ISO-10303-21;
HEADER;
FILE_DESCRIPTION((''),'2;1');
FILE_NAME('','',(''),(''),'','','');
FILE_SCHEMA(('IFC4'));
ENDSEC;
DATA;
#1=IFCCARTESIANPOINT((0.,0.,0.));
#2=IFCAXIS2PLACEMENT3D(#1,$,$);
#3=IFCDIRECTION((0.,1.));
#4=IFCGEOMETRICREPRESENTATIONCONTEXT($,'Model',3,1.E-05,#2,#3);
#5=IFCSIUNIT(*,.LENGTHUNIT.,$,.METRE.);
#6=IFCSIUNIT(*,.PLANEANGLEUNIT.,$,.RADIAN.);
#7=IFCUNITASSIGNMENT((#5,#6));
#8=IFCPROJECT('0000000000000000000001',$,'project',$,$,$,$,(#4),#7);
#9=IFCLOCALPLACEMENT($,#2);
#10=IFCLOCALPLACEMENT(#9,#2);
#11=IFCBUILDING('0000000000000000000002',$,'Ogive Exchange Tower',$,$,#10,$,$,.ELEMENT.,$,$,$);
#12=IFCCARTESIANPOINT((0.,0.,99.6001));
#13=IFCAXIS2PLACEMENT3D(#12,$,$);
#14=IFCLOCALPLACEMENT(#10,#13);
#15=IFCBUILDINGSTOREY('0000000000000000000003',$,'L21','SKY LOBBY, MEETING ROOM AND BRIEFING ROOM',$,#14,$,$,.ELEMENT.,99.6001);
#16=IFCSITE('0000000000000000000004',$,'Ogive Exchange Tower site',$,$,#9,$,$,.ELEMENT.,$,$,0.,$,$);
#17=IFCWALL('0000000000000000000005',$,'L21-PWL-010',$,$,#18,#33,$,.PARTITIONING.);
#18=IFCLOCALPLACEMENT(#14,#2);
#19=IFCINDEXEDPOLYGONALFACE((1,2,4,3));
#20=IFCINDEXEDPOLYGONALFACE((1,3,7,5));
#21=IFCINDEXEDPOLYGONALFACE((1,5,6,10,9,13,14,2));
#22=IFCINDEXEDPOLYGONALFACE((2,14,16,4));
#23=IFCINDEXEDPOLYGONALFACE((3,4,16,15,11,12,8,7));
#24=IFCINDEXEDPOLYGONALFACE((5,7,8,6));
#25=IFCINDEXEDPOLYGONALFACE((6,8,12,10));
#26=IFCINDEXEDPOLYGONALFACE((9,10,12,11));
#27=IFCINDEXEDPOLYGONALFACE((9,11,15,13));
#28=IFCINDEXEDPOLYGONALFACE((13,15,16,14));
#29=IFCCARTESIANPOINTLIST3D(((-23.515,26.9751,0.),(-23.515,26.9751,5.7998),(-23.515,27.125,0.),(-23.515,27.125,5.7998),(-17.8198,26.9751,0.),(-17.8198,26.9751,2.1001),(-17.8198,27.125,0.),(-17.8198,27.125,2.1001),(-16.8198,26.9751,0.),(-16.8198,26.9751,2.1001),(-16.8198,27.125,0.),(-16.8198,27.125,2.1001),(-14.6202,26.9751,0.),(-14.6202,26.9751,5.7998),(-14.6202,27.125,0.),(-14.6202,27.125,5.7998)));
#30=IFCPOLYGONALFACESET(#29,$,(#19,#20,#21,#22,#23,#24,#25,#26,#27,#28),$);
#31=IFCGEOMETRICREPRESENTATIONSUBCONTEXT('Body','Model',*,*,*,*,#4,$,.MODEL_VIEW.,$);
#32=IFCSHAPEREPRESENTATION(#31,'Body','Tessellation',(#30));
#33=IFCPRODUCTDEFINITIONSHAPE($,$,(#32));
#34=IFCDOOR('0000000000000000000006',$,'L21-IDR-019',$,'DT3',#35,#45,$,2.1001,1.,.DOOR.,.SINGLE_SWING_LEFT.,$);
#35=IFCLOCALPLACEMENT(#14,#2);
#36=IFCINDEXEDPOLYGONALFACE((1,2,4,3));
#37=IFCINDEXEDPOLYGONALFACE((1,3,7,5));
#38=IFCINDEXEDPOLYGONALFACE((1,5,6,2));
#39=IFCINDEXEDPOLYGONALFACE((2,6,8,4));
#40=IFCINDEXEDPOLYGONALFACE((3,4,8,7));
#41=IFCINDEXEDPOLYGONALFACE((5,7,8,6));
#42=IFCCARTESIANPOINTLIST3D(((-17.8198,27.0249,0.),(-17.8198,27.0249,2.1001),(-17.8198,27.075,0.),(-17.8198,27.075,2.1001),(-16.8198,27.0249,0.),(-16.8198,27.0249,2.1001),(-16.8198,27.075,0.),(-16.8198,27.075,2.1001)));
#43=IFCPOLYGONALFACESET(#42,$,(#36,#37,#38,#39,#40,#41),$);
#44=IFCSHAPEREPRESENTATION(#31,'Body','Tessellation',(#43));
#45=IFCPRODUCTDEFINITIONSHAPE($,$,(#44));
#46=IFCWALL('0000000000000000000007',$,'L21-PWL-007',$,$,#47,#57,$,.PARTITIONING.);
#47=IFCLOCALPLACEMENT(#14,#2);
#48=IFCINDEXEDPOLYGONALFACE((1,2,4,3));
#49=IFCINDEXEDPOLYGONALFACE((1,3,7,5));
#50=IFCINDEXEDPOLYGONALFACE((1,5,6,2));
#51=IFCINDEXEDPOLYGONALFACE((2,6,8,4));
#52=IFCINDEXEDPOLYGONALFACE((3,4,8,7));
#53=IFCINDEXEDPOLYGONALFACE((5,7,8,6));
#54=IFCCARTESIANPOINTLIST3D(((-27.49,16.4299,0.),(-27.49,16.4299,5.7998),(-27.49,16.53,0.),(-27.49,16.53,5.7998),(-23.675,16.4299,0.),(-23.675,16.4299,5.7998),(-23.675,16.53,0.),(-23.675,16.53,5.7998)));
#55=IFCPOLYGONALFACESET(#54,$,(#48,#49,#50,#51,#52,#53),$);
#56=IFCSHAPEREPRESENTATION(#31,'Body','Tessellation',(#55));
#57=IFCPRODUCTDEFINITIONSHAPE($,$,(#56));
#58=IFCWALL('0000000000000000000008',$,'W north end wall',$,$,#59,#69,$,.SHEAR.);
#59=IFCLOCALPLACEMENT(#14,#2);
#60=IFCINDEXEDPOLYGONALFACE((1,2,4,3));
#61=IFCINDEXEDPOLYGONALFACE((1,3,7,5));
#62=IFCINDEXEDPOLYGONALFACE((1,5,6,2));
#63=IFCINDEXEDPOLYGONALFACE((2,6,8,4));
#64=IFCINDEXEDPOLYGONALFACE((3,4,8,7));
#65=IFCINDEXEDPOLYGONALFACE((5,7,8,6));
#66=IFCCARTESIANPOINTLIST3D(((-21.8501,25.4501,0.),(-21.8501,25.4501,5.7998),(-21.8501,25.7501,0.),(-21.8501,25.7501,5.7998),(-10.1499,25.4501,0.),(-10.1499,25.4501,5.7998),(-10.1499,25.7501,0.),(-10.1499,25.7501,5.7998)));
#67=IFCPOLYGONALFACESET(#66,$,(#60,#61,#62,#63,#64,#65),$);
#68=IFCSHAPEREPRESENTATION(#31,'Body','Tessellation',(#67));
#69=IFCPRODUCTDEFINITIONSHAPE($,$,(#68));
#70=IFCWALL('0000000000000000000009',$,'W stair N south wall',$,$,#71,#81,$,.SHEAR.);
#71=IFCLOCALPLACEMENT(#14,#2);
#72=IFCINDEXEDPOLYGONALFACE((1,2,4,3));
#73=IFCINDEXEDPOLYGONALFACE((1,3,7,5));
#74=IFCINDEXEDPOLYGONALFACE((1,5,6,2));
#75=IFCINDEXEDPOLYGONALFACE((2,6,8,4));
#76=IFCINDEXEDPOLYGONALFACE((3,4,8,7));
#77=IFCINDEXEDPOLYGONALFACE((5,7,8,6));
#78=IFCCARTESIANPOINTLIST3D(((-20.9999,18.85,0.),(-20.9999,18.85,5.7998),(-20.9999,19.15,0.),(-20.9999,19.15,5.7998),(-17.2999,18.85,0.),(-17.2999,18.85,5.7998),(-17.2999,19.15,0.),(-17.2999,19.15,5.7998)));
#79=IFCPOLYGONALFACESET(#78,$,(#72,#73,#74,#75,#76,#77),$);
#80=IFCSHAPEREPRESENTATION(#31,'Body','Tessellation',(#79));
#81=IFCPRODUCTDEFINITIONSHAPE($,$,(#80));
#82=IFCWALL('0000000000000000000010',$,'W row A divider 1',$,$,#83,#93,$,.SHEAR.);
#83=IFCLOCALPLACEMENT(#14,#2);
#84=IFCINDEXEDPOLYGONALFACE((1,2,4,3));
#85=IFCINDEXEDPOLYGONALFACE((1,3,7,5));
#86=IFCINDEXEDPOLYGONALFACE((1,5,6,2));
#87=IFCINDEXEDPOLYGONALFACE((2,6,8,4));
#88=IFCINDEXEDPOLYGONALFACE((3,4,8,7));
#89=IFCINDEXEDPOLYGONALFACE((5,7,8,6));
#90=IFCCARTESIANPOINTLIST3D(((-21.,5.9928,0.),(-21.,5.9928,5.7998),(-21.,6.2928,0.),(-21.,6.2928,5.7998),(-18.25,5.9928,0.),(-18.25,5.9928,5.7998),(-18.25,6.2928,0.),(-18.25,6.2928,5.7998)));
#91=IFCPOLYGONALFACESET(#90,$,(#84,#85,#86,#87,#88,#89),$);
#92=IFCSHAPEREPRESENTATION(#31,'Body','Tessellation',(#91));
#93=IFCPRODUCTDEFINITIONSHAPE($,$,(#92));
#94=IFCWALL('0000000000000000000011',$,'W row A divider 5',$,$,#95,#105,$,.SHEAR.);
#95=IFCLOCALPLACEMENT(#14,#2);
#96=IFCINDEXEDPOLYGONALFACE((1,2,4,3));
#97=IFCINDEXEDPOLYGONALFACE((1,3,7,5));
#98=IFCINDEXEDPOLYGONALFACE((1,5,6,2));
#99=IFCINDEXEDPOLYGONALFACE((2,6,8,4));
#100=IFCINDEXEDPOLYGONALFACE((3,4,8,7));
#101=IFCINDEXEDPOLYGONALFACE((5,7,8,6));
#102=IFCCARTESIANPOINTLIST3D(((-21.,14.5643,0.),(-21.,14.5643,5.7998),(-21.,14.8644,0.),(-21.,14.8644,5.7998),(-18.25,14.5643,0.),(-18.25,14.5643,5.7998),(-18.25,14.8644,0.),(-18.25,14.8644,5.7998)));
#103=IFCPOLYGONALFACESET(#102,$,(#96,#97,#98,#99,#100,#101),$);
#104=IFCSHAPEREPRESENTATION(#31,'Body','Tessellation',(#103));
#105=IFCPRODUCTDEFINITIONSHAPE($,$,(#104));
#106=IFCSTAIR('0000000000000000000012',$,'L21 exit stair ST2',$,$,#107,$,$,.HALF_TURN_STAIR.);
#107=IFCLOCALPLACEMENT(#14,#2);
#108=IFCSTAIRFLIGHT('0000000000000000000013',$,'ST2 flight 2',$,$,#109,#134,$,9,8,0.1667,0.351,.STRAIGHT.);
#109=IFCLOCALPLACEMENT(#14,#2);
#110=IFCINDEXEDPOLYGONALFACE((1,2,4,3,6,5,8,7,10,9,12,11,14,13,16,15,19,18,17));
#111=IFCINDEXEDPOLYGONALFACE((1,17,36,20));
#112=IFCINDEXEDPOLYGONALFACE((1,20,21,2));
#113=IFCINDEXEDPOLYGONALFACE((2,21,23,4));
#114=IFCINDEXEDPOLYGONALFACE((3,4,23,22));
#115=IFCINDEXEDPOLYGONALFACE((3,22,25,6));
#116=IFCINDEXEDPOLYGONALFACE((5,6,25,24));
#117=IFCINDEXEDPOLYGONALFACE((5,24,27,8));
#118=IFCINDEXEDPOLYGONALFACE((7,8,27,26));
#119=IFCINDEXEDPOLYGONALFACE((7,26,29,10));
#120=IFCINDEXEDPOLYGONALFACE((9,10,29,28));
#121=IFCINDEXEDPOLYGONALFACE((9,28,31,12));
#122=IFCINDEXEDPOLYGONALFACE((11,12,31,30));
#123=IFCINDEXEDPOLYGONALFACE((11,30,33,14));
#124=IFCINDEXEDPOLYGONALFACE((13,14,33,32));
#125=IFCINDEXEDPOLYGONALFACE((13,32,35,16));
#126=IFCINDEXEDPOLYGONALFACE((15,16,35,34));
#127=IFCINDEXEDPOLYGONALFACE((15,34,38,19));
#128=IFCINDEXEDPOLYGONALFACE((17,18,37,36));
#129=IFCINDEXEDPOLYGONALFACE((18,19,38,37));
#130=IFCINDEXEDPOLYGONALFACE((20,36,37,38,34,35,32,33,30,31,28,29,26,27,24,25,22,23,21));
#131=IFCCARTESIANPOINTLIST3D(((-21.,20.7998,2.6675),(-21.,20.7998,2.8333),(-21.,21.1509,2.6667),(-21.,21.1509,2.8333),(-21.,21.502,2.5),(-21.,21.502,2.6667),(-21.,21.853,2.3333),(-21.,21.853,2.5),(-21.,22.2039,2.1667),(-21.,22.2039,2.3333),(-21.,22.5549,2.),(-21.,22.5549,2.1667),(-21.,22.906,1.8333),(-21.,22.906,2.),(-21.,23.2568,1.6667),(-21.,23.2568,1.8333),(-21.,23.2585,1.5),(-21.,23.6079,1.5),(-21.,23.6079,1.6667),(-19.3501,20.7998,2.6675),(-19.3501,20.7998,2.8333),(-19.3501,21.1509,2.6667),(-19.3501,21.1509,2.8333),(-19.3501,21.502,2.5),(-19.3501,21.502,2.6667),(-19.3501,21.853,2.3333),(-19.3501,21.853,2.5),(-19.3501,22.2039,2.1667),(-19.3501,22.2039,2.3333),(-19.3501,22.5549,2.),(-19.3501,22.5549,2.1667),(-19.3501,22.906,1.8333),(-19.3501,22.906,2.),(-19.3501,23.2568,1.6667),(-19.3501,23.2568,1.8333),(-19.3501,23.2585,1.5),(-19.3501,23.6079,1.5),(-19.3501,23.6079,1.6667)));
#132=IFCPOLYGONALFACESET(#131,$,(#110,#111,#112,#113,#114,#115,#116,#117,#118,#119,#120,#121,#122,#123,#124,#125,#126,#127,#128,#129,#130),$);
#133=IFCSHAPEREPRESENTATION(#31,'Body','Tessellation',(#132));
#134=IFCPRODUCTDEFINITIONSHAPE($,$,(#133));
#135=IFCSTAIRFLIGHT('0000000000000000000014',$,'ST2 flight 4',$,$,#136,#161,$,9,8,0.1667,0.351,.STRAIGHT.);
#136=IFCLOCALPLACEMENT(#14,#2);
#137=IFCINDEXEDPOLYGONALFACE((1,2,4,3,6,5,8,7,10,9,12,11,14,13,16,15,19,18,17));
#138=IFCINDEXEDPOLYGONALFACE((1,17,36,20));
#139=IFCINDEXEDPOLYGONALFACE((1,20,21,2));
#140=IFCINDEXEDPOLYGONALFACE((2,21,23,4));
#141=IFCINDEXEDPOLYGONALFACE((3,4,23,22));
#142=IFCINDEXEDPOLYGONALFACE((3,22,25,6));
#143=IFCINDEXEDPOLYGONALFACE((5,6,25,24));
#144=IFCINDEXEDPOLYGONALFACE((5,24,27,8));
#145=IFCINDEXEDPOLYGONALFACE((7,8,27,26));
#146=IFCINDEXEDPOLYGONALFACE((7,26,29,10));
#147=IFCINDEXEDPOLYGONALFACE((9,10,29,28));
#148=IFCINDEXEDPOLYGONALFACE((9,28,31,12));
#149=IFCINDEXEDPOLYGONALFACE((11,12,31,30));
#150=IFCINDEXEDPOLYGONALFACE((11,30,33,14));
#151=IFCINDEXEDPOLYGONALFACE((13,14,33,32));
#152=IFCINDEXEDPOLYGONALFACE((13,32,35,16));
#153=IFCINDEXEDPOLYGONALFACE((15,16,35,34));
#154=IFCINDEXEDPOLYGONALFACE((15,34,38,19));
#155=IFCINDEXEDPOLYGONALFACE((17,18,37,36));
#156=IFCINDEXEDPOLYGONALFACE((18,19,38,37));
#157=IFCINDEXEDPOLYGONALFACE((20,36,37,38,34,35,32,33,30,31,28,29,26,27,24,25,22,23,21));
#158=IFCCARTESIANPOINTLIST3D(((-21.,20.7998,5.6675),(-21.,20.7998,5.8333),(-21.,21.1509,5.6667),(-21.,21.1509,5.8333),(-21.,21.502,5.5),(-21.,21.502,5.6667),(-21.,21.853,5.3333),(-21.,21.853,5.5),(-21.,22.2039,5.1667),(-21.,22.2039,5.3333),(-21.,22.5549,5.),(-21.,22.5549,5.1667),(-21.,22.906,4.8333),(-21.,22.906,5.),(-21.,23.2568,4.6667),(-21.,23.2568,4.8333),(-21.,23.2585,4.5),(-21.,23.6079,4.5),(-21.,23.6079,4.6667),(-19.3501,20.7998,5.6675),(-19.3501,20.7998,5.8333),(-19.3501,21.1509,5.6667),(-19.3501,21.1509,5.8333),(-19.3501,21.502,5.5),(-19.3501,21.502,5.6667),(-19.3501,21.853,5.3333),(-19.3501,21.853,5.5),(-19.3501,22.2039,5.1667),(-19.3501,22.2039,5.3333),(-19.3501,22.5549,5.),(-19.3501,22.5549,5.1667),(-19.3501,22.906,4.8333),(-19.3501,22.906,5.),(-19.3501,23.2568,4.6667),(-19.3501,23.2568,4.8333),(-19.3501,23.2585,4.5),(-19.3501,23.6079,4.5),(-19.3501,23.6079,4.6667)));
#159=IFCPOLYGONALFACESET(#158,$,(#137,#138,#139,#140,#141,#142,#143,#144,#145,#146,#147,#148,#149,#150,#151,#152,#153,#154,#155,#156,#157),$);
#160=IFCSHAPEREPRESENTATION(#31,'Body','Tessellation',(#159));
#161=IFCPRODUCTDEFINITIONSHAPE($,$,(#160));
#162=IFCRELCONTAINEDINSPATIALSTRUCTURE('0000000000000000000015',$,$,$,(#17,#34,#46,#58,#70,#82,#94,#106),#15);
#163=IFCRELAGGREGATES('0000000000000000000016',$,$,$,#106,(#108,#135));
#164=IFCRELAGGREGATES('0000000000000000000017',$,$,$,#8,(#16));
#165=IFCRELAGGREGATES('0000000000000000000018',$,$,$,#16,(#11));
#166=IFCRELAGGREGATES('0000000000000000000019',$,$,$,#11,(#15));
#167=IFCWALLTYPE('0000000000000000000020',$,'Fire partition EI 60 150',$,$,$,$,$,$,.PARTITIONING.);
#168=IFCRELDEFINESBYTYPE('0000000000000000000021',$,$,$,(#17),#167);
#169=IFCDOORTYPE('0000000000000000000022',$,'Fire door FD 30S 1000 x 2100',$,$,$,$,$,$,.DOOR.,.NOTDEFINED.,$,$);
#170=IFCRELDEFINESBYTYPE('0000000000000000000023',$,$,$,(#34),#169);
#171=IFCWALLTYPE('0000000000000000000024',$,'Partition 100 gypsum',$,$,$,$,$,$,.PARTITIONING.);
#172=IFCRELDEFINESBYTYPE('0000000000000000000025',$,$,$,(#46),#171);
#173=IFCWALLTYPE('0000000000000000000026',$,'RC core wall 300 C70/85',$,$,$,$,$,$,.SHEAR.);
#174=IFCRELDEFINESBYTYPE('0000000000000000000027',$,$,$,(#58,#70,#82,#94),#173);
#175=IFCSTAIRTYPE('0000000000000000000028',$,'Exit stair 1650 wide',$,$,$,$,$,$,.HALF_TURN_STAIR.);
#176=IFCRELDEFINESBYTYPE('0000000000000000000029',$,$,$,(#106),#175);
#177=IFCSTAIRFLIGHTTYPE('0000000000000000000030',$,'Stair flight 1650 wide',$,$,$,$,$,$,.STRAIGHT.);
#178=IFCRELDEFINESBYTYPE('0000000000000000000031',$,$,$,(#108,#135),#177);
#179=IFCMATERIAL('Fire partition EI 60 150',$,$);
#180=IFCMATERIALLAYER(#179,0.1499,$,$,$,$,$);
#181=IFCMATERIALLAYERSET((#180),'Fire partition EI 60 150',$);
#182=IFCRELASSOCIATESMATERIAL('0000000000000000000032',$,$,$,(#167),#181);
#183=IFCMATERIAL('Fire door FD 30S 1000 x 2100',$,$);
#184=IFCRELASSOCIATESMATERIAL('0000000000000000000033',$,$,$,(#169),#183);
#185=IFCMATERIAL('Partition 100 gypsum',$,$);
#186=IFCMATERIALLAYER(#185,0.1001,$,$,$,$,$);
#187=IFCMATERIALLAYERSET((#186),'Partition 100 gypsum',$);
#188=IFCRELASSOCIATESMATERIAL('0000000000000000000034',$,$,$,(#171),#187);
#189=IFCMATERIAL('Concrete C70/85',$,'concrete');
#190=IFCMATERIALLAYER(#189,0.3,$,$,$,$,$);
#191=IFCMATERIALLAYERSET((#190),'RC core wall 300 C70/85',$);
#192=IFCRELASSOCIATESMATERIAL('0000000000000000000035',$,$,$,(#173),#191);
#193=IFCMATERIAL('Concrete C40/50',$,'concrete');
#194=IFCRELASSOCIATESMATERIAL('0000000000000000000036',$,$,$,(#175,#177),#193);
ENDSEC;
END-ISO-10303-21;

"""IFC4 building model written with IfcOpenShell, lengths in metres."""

from ifc_helpers import new_model, si_unit, direction, frame, frame_2d, origin, place, context, subcontext, project, spatial, polyline, rectangle, outline, extrude, material, layer, layer_set, type_object, element, fill, aggregate, save


model = new_model("IFC4")

# Units and contexts
model_context = context("Model", 3, precision=1e-05, world=origin(), true_north=direction((0.0, 1.0)))
body_context = subcontext(model_context, "Body", "Model", "MODEL_VIEW")
ifc_project = project(units=[si_unit("LENGTHUNIT", "METRE"), si_unit("PLANEANGLEUNIT", "RADIAN")], contexts=[model_context])

# Site, building, storey
site_placement = place(None, origin())
site = spatial("IfcSite", under=ifc_project, at=site_placement, Name="Ogive Exchange Tower site", CompositionType="ELEMENT", RefElevation=0.0)
building_placement = place(site_placement, origin())
building = spatial("IfcBuilding", under=site, at=building_placement, Name="Ogive Exchange Tower", CompositionType="ELEMENT")
storey_placement = place(building_placement, frame((0.0, 0.0, 99.6001)))
storey = spatial("IfcBuildingStorey", under=building, at=storey_placement, Name="L21", Description="SKY LOBBY, MEETING ROOM AND BRIEFING ROOM", CompositionType="ELEMENT", Elevation=99.6001)

# Wall, opening, door
ifc_material_1 = material(Name="Fire partition EI 60 150")
ifc_layer_1 = layer(ifc_material_1, 0.1499)
ifc_layer_set_1 = layer_set([ifc_layer_1], Name="Fire partition EI 60 150")
wall_type_1 = type_object("IfcWallType", Name="Fire partition EI 60 150", PredefinedType="PARTITIONING", material=ifc_layer_set_1)
ifc_material_2 = material(Name="Fire door FD 30S 1000 x 2100")
door_type = type_object("IfcDoorType", Name="Fire door FD 30S 1000 x 2100", OperationType="NOTDEFINED", PredefinedType="DOOR", material=ifc_material_2)
wall_1_placement = place(storey_placement, frame((-23.5149, 27.05, 0.0), z_axis=(0.0, 0.0, 1.0), x_axis=(1.0, 0.0, 0.0)))
wall_1 = element("IfcWall", 1, at=wall_1_placement, inside=storey, type_object=wall_type_1, Name="L21-PWL-010", PredefinedType="PARTITIONING", context=body_context, shape_type="SweptSolid", body=[
    extrude(rectangle(XDim=8.8948, YDim=0.1499, at=frame_2d((4.4473, 0.0))), origin(), (0.0, 0.0, 1.0), 5.7998),
])
opening_1_placement = place(wall_1_placement, frame((5.6951, 0.0, 0.0)))
opening_1 = element("IfcOpeningElement", 2, at=opening_1_placement, cuts=wall_1, PredefinedType="OPENING", context=body_context, shape_type="SweptSolid", body=[
    extrude(rectangle(XDim=1.0, YDim=2.1001, at=frame_2d((0.5, 1.05))), frame((0.0, 0.085, 0.0), z_axis=(0.0, -1.0, 0.0), x_axis=(1.0, 0.0, 0.0)), (0.0, 0.0, 1.0), 0.1699),
])
door_1_placement = place(opening_1_placement, origin())
door_1 = element("IfcDoor", 3, at=door_1_placement, inside=storey, type_object=door_type, Name="L21-IDR-019", ObjectType="DT3", OperationType="SINGLE_SWING_LEFT", OverallHeight=2.1001, OverallWidth=1.0, PredefinedType="DOOR", context=body_context, shape_type="SweptSolid", body=[
    extrude(rectangle(XDim=1.0, YDim=2.1001, at=frame_2d((0.5, 1.05))), frame((0.0, 0.0249, 0.0), z_axis=(0.0, -1.0, 0.0), x_axis=(1.0, 0.0, 0.0)), (0.0, 0.0, 1.0), 0.05),
])
fill(opening_1, door_1)

# Walls
ifc_material_3 = material(Name="Partition 100 gypsum")
ifc_layer_2 = layer(ifc_material_3, 0.1001)
ifc_layer_set_2 = layer_set([ifc_layer_2], Name="Partition 100 gypsum")
wall_type_2 = type_object("IfcWallType", Name="Partition 100 gypsum", PredefinedType="PARTITIONING", material=ifc_layer_set_2)
wall_2_placement = place(storey_placement, frame((-23.675, 16.48, 0.0), z_axis=(0.0, 0.0, 1.0), x_axis=(-1.0, 0.0, 0.0)))
element("IfcWall", 4, at=wall_2_placement, inside=storey, type_object=wall_type_2, Name="L21-PWL-007", PredefinedType="PARTITIONING", context=body_context, shape_type="SweptSolid", body=[
    extrude(rectangle(XDim=3.8149, YDim=0.1001, at=frame_2d((1.9075, 0.0))), origin(), (0.0, 0.0, 1.0), 5.7998),
])
ifc_material_4 = material(Name="Concrete C70/85", Category="concrete")
ifc_layer_3 = layer(ifc_material_4, 0.3)
ifc_layer_set_3 = layer_set([ifc_layer_3], Name="RC core wall 300 C70/85")
wall_type_3 = type_object("IfcWallType", Name="RC core wall 300 C70/85", PredefinedType="SHEAR", material=ifc_layer_set_3)
wall_3_placement = place(storey_placement, frame((-21.8501, 25.6001, 0.0), z_axis=(0.0, 0.0, 1.0), x_axis=(1.0, 0.0, 0.0)))
element("IfcWall", 5, at=wall_3_placement, inside=storey, type_object=wall_type_3, Name="W north end wall", PredefinedType="SHEAR", context=body_context, shape_type="SweptSolid", body=[
    extrude(rectangle(XDim=11.7002, YDim=0.3, at=frame_2d((5.8501, 0.0))), origin(), (0.0, 0.0, 1.0), 5.7998),
])
wall_4_placement = place(storey_placement, frame((-21.0, 19.0, 0.0), z_axis=(0.0, 0.0, 1.0), x_axis=(1.0, 0.0, 0.0)))
element("IfcWall", 6, at=wall_4_placement, inside=storey, type_object=wall_type_3, Name="W stair N south wall", PredefinedType="SHEAR", context=body_context, shape_type="SweptSolid", body=[
    extrude(rectangle(XDim=3.7, YDim=0.3, at=frame_2d((1.8501, 0.0))), origin(), (0.0, 0.0, 1.0), 5.7998),
])
for number, where, z_axis, x_axis, name in (
    (7, (-21.0, 6.1428, 0.0), (0.0, 0.0, 1.0), (1.0, 0.0, 0.0), "W row A divider 1"),
    (8, (-21.0, 14.7144, 0.0), (0.0, 0.0, 1.0), (1.0, 0.0, 0.0), "W row A divider 5"),
):
    element("IfcWall", number, at=place(storey_placement, frame(where, z_axis=z_axis, x_axis=x_axis)), inside=storey, type_object=wall_type_3, Name=name, PredefinedType="SHEAR", context=body_context, shape_type="SweptSolid", body=[
        extrude(rectangle(XDim=2.75, YDim=0.3, at=frame_2d((1.375, 0.0))), origin(), (0.0, 0.0, 1.0), 5.7998),
    ])

# Stair, stair flights
ifc_material_5 = material(Name="Concrete C40/50", Category="concrete")
stair_type = type_object("IfcStairType", Name="Exit stair 1650 wide", PredefinedType="HALF_TURN_STAIR", material=ifc_material_5)
stair_placement = place(storey_placement, origin())
stair = element("IfcStair", 9, at=stair_placement, inside=storey, type_object=stair_type, Name="L21 exit stair ST2", PredefinedType="HALF_TURN_STAIR")
stair_flight_type = type_object("IfcStairFlightType", Name="Stair flight 1650 wide", PredefinedType="STRAIGHT", material=ifc_material_5)
stair_flight_1_placement = place(storey_placement, frame((-20.175, 23.6079, 1.5), z_axis=(0.0, 0.0, 1.0), x_axis=(0.0, -1.0, 0.0)))
stair_flight_1 = element("IfcStairFlight", 10, at=stair_flight_1_placement, type_object=stair_flight_type, Name="ST2 flight 2", NumberOfRisers=9, NumberOfTreads=8, PredefinedType="STRAIGHT", RiserHeight=0.1667, TreadLength=0.351, context=body_context, shape_type="SweptSolid", body=[
    extrude(outline(polyline([(0.0, 0.0), (0.0, 0.1667), (0.3511, 0.1667), (0.3511, 0.3333), (0.7019, 0.3333), (0.7019, 0.5), (1.053, 0.5), (1.053, 0.6667), (1.4041, 0.6667), (1.4041, 0.8333), (1.7549, 0.8333), (1.7549, 1.0), (2.106, 1.0), (2.106, 1.1667), (2.457, 1.1667), (2.457, 1.3333), (2.8081, 1.3333), (2.8081, 1.5), (2.8081, 1.1675), (0.3494, 0.0), (0.0, 0.0)])), frame((0.0, 0.825, 0.0), z_axis=(0.0, -1.0, 0.0), x_axis=(1.0, 0.0, 0.0)), (0.0, 0.0, 1.0), 1.6499),
])
stair_flight_2_placement = place(storey_placement, frame((-20.175, 23.6079, 4.5), z_axis=(0.0, 0.0, 1.0), x_axis=(0.0, -1.0, 0.0)))
stair_flight_2 = element("IfcStairFlight", 11, at=stair_flight_2_placement, type_object=stair_flight_type, Name="ST2 flight 4", NumberOfRisers=9, NumberOfTreads=8, PredefinedType="STRAIGHT", RiserHeight=0.1667, TreadLength=0.351, context=body_context, shape_type="SweptSolid", body=[
    extrude(outline(polyline([(0.0, 0.0), (0.0, 0.1667), (0.3511, 0.1667), (0.3511, 0.3333), (0.7019, 0.3333), (0.7019, 0.5), (1.053, 0.5), (1.053, 0.6667), (1.4041, 0.6667), (1.4041, 0.8333), (1.7549, 0.8333), (1.7549, 1.0), (2.106, 1.0), (2.106, 1.1667), (2.457, 1.1667), (2.457, 1.3333), (2.8081, 1.3333), (2.8081, 1.5), (2.8081, 1.1675), (0.3494, 0.0), (0.0, 0.0)])), frame((0.0, 0.825, 0.0), z_axis=(0.0, -1.0, 0.0), x_axis=(1.0, 0.0, 0.0)), (0.0, 0.0, 1.0), 1.6499),
])
aggregate(stair, [stair_flight_1, stair_flight_2])

save(model, "model.ifc")
